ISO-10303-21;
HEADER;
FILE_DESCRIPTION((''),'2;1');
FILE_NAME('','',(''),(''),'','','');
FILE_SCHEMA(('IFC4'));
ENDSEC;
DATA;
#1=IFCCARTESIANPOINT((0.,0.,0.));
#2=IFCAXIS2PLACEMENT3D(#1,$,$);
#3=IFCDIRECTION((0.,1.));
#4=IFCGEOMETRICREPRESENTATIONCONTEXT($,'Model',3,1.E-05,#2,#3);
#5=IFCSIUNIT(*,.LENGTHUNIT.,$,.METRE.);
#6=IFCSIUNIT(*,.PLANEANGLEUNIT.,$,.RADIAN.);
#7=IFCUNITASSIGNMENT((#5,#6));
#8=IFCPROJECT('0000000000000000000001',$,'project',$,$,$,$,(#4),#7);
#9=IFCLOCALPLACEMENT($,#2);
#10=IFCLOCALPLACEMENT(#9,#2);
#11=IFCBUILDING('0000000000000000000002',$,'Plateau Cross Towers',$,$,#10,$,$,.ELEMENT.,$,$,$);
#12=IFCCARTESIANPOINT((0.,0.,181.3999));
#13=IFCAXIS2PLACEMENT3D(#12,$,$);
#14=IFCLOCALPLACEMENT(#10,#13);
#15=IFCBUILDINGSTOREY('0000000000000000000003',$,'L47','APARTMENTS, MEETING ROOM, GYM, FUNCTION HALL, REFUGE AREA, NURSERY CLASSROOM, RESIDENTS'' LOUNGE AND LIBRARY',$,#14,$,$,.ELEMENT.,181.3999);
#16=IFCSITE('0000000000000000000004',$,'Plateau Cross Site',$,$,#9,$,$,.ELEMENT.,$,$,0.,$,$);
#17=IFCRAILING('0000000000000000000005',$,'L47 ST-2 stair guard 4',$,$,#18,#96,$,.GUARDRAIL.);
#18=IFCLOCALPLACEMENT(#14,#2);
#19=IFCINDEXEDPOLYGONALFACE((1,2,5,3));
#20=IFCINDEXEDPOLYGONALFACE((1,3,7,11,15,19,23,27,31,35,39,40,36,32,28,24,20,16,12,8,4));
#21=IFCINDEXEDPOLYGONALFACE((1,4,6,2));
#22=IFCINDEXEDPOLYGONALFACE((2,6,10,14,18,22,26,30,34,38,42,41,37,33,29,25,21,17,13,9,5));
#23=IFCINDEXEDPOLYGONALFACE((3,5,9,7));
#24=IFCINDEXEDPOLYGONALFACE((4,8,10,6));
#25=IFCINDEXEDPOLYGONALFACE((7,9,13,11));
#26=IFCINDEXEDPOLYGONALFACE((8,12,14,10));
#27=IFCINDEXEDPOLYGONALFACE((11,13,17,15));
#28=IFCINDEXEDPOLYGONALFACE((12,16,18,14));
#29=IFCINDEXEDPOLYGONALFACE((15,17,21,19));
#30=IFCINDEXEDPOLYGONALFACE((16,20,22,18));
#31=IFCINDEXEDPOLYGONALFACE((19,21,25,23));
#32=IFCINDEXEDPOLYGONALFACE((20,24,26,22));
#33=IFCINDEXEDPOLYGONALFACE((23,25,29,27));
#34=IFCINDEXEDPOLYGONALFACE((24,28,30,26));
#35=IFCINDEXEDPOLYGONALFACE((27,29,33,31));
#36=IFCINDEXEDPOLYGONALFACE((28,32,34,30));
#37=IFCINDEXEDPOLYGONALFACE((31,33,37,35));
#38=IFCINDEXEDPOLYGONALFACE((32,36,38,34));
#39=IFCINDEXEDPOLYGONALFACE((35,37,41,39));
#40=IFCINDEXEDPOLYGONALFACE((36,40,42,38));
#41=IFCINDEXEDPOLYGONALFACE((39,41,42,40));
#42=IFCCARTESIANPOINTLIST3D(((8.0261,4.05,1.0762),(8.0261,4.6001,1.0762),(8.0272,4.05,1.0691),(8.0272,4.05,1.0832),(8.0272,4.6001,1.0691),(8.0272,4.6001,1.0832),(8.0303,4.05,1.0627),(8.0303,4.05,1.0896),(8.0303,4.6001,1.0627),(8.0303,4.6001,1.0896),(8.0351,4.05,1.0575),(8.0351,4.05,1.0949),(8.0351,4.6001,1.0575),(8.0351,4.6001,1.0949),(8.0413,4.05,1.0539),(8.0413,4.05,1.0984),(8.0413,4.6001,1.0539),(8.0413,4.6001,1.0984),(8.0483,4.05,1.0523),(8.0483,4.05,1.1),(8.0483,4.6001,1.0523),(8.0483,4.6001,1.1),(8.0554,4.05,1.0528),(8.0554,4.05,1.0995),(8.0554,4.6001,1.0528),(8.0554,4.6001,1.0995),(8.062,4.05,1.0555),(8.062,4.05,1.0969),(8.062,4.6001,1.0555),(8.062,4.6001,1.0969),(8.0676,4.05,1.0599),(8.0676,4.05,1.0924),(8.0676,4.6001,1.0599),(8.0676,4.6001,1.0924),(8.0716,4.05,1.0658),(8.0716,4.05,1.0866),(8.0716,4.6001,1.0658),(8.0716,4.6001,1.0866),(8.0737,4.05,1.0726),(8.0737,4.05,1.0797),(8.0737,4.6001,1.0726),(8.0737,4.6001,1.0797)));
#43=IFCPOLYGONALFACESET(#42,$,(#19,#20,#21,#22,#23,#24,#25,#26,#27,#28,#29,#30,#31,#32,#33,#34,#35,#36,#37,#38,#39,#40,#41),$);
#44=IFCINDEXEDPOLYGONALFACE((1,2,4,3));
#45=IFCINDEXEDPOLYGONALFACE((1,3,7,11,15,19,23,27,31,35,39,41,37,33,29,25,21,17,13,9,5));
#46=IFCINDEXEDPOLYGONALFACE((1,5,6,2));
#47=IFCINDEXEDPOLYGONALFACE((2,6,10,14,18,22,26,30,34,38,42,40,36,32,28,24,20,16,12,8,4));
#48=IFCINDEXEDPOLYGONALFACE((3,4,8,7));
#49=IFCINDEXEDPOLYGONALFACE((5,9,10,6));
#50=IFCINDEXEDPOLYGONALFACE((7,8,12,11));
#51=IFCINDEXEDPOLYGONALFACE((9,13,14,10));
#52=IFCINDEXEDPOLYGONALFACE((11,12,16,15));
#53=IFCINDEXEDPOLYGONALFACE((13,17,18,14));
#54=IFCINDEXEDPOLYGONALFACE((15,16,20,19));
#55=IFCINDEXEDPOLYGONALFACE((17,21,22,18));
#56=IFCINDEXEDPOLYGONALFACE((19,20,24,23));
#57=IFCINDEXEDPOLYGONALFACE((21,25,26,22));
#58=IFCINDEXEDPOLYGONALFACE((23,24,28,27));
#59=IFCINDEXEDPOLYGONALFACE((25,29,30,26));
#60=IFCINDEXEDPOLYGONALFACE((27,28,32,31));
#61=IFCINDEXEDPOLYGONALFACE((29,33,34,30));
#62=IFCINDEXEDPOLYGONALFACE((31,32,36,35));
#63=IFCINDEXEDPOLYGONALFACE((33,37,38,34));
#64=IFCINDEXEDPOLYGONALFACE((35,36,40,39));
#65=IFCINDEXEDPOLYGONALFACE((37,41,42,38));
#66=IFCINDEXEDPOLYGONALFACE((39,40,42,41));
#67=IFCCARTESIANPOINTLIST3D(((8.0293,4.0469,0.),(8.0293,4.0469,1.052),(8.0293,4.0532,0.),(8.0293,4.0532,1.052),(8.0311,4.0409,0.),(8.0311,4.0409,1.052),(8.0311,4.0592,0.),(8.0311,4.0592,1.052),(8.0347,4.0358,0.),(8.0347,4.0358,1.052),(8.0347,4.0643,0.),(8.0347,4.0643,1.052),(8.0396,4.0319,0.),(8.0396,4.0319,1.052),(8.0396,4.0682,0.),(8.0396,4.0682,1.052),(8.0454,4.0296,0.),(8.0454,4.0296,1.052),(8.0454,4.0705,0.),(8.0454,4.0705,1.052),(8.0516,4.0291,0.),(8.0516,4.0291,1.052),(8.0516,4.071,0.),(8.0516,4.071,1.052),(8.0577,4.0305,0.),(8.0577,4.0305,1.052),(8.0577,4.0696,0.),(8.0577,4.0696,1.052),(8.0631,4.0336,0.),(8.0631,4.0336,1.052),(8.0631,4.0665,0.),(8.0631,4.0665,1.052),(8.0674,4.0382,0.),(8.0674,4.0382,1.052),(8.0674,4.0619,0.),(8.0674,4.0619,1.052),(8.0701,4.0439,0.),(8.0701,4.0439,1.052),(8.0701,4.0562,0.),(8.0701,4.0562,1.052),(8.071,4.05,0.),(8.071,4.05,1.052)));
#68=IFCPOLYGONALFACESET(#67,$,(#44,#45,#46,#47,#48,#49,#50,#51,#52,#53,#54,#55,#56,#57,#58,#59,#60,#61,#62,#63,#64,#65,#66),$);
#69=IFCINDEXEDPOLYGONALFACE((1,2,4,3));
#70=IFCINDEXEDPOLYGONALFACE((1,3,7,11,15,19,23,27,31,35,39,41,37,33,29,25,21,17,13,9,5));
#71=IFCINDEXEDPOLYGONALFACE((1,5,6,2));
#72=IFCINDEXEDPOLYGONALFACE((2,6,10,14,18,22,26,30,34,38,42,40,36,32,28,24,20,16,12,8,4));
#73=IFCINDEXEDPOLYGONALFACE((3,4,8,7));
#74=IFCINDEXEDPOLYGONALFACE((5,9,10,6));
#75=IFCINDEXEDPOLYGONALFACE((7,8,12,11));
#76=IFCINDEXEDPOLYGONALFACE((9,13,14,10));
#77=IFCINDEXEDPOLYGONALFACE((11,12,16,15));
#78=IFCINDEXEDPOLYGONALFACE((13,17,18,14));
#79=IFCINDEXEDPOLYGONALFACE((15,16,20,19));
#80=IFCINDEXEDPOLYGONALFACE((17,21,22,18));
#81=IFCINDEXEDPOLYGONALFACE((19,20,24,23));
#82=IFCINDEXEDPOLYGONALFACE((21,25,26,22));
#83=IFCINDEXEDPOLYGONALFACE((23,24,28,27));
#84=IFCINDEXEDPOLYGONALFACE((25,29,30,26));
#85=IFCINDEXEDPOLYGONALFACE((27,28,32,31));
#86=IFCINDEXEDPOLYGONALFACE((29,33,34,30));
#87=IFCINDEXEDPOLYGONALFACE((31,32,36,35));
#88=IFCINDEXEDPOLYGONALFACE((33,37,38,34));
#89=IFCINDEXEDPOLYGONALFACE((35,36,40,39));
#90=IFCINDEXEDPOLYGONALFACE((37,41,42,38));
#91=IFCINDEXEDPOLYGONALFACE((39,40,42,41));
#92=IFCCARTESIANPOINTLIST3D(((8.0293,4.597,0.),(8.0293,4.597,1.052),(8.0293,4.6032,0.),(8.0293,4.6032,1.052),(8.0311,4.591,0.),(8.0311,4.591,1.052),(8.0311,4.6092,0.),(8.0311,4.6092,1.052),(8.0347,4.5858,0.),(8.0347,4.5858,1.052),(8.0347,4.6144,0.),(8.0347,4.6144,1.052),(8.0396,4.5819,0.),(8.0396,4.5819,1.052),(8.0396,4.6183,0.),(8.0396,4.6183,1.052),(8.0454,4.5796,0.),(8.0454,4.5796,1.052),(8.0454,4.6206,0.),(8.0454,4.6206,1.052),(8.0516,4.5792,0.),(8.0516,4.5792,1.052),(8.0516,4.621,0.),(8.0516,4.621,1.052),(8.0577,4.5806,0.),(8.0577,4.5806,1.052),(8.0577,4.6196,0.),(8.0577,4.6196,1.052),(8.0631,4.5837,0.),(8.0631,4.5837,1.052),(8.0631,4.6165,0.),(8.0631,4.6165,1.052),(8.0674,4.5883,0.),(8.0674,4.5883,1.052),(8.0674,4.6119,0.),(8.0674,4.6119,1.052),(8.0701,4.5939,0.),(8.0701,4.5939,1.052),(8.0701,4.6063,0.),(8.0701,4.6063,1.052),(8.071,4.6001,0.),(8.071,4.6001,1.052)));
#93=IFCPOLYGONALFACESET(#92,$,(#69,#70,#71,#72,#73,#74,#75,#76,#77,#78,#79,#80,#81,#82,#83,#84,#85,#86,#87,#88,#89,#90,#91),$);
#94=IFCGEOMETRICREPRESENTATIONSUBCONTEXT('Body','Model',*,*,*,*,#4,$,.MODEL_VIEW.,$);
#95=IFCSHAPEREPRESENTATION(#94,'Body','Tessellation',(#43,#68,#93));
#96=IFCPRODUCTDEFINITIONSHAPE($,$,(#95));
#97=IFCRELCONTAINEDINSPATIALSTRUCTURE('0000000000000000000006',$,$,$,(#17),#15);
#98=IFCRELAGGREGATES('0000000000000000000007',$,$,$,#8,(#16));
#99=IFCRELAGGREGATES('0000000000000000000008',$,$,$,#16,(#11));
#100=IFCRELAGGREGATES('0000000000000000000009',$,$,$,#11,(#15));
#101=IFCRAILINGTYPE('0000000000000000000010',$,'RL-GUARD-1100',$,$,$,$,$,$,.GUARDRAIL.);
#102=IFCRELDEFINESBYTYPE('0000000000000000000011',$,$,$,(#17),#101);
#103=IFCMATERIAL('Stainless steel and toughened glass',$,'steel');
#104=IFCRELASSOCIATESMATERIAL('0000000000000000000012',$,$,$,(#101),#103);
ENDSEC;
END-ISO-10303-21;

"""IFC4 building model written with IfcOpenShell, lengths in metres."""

from ifc_helpers import new_model, si_unit, direction, frame, origin, origin_2d, place, context, subcontext, project, spatial, circle, extrude, material, type_object, element, save


model = new_model("IFC4")

# Units and contexts
model_context = context("Model", 3, precision=1e-05, world=origin(), true_north=direction((0.0, 1.0)))
body_context = subcontext(model_context, "Body", "Model", "MODEL_VIEW")
ifc_project = project(units=[si_unit("LENGTHUNIT", "METRE"), si_unit("PLANEANGLEUNIT", "RADIAN")], contexts=[model_context])

# Site, building, storey
site_placement = place(None, origin())
site = spatial("IfcSite", under=ifc_project, at=site_placement, Name="Plateau Cross Site", CompositionType="ELEMENT", RefElevation=0.0)
building_placement = place(site_placement, origin())
building = spatial("IfcBuilding", under=site, at=building_placement, Name="Plateau Cross Towers", CompositionType="ELEMENT")
storey_placement = place(building_placement, frame((0.0, 0.0, 181.3999)))
storey = spatial("IfcBuildingStorey", under=building, at=storey_placement, Name="L47", Description="APARTMENTS, MEETING ROOM, GYM, FUNCTION HALL, REFUGE AREA, NURSERY CLASSROOM, RESIDENTS' LOUNGE AND LIBRARY", CompositionType="ELEMENT", Elevation=181.3999)

# Railing
ifc_material_1 = material(Name="Stainless steel and toughened glass", Category="steel")
railing_type_1 = type_object("IfcRailingType", Name="RL-GUARD-1100", PredefinedType="GUARDRAIL", material=ifc_material_1)
railing_1_placement = place(storey_placement, frame((8.05, 4.05, 0.0)))
element("IfcRailing", 1, at=railing_1_placement, inside=storey, type_object=railing_type_1, Name="L47 ST-2 stair guard 4", PredefinedType="GUARDRAIL", context=body_context, shape_type="SweptSolid", body=[
    extrude(circle(Radius=0.0239, at=origin_2d()), frame((0.0, 0.0, 1.0762), z_axis=(0.0, 1.0, 0.0), x_axis=(-1.0, 0.0, 0.0)), (0.0, 0.0, 1.0), 0.55),
    extrude(circle(Radius=0.021, at=origin_2d()), origin(), (0.0, 0.0, 1.0), 1.052),
    extrude(circle(Radius=0.021, at=origin_2d()), frame((0.0, 0.55, 0.0)), (0.0, 0.0, 1.0), 1.052),
])

save(model, "model.ifc")
